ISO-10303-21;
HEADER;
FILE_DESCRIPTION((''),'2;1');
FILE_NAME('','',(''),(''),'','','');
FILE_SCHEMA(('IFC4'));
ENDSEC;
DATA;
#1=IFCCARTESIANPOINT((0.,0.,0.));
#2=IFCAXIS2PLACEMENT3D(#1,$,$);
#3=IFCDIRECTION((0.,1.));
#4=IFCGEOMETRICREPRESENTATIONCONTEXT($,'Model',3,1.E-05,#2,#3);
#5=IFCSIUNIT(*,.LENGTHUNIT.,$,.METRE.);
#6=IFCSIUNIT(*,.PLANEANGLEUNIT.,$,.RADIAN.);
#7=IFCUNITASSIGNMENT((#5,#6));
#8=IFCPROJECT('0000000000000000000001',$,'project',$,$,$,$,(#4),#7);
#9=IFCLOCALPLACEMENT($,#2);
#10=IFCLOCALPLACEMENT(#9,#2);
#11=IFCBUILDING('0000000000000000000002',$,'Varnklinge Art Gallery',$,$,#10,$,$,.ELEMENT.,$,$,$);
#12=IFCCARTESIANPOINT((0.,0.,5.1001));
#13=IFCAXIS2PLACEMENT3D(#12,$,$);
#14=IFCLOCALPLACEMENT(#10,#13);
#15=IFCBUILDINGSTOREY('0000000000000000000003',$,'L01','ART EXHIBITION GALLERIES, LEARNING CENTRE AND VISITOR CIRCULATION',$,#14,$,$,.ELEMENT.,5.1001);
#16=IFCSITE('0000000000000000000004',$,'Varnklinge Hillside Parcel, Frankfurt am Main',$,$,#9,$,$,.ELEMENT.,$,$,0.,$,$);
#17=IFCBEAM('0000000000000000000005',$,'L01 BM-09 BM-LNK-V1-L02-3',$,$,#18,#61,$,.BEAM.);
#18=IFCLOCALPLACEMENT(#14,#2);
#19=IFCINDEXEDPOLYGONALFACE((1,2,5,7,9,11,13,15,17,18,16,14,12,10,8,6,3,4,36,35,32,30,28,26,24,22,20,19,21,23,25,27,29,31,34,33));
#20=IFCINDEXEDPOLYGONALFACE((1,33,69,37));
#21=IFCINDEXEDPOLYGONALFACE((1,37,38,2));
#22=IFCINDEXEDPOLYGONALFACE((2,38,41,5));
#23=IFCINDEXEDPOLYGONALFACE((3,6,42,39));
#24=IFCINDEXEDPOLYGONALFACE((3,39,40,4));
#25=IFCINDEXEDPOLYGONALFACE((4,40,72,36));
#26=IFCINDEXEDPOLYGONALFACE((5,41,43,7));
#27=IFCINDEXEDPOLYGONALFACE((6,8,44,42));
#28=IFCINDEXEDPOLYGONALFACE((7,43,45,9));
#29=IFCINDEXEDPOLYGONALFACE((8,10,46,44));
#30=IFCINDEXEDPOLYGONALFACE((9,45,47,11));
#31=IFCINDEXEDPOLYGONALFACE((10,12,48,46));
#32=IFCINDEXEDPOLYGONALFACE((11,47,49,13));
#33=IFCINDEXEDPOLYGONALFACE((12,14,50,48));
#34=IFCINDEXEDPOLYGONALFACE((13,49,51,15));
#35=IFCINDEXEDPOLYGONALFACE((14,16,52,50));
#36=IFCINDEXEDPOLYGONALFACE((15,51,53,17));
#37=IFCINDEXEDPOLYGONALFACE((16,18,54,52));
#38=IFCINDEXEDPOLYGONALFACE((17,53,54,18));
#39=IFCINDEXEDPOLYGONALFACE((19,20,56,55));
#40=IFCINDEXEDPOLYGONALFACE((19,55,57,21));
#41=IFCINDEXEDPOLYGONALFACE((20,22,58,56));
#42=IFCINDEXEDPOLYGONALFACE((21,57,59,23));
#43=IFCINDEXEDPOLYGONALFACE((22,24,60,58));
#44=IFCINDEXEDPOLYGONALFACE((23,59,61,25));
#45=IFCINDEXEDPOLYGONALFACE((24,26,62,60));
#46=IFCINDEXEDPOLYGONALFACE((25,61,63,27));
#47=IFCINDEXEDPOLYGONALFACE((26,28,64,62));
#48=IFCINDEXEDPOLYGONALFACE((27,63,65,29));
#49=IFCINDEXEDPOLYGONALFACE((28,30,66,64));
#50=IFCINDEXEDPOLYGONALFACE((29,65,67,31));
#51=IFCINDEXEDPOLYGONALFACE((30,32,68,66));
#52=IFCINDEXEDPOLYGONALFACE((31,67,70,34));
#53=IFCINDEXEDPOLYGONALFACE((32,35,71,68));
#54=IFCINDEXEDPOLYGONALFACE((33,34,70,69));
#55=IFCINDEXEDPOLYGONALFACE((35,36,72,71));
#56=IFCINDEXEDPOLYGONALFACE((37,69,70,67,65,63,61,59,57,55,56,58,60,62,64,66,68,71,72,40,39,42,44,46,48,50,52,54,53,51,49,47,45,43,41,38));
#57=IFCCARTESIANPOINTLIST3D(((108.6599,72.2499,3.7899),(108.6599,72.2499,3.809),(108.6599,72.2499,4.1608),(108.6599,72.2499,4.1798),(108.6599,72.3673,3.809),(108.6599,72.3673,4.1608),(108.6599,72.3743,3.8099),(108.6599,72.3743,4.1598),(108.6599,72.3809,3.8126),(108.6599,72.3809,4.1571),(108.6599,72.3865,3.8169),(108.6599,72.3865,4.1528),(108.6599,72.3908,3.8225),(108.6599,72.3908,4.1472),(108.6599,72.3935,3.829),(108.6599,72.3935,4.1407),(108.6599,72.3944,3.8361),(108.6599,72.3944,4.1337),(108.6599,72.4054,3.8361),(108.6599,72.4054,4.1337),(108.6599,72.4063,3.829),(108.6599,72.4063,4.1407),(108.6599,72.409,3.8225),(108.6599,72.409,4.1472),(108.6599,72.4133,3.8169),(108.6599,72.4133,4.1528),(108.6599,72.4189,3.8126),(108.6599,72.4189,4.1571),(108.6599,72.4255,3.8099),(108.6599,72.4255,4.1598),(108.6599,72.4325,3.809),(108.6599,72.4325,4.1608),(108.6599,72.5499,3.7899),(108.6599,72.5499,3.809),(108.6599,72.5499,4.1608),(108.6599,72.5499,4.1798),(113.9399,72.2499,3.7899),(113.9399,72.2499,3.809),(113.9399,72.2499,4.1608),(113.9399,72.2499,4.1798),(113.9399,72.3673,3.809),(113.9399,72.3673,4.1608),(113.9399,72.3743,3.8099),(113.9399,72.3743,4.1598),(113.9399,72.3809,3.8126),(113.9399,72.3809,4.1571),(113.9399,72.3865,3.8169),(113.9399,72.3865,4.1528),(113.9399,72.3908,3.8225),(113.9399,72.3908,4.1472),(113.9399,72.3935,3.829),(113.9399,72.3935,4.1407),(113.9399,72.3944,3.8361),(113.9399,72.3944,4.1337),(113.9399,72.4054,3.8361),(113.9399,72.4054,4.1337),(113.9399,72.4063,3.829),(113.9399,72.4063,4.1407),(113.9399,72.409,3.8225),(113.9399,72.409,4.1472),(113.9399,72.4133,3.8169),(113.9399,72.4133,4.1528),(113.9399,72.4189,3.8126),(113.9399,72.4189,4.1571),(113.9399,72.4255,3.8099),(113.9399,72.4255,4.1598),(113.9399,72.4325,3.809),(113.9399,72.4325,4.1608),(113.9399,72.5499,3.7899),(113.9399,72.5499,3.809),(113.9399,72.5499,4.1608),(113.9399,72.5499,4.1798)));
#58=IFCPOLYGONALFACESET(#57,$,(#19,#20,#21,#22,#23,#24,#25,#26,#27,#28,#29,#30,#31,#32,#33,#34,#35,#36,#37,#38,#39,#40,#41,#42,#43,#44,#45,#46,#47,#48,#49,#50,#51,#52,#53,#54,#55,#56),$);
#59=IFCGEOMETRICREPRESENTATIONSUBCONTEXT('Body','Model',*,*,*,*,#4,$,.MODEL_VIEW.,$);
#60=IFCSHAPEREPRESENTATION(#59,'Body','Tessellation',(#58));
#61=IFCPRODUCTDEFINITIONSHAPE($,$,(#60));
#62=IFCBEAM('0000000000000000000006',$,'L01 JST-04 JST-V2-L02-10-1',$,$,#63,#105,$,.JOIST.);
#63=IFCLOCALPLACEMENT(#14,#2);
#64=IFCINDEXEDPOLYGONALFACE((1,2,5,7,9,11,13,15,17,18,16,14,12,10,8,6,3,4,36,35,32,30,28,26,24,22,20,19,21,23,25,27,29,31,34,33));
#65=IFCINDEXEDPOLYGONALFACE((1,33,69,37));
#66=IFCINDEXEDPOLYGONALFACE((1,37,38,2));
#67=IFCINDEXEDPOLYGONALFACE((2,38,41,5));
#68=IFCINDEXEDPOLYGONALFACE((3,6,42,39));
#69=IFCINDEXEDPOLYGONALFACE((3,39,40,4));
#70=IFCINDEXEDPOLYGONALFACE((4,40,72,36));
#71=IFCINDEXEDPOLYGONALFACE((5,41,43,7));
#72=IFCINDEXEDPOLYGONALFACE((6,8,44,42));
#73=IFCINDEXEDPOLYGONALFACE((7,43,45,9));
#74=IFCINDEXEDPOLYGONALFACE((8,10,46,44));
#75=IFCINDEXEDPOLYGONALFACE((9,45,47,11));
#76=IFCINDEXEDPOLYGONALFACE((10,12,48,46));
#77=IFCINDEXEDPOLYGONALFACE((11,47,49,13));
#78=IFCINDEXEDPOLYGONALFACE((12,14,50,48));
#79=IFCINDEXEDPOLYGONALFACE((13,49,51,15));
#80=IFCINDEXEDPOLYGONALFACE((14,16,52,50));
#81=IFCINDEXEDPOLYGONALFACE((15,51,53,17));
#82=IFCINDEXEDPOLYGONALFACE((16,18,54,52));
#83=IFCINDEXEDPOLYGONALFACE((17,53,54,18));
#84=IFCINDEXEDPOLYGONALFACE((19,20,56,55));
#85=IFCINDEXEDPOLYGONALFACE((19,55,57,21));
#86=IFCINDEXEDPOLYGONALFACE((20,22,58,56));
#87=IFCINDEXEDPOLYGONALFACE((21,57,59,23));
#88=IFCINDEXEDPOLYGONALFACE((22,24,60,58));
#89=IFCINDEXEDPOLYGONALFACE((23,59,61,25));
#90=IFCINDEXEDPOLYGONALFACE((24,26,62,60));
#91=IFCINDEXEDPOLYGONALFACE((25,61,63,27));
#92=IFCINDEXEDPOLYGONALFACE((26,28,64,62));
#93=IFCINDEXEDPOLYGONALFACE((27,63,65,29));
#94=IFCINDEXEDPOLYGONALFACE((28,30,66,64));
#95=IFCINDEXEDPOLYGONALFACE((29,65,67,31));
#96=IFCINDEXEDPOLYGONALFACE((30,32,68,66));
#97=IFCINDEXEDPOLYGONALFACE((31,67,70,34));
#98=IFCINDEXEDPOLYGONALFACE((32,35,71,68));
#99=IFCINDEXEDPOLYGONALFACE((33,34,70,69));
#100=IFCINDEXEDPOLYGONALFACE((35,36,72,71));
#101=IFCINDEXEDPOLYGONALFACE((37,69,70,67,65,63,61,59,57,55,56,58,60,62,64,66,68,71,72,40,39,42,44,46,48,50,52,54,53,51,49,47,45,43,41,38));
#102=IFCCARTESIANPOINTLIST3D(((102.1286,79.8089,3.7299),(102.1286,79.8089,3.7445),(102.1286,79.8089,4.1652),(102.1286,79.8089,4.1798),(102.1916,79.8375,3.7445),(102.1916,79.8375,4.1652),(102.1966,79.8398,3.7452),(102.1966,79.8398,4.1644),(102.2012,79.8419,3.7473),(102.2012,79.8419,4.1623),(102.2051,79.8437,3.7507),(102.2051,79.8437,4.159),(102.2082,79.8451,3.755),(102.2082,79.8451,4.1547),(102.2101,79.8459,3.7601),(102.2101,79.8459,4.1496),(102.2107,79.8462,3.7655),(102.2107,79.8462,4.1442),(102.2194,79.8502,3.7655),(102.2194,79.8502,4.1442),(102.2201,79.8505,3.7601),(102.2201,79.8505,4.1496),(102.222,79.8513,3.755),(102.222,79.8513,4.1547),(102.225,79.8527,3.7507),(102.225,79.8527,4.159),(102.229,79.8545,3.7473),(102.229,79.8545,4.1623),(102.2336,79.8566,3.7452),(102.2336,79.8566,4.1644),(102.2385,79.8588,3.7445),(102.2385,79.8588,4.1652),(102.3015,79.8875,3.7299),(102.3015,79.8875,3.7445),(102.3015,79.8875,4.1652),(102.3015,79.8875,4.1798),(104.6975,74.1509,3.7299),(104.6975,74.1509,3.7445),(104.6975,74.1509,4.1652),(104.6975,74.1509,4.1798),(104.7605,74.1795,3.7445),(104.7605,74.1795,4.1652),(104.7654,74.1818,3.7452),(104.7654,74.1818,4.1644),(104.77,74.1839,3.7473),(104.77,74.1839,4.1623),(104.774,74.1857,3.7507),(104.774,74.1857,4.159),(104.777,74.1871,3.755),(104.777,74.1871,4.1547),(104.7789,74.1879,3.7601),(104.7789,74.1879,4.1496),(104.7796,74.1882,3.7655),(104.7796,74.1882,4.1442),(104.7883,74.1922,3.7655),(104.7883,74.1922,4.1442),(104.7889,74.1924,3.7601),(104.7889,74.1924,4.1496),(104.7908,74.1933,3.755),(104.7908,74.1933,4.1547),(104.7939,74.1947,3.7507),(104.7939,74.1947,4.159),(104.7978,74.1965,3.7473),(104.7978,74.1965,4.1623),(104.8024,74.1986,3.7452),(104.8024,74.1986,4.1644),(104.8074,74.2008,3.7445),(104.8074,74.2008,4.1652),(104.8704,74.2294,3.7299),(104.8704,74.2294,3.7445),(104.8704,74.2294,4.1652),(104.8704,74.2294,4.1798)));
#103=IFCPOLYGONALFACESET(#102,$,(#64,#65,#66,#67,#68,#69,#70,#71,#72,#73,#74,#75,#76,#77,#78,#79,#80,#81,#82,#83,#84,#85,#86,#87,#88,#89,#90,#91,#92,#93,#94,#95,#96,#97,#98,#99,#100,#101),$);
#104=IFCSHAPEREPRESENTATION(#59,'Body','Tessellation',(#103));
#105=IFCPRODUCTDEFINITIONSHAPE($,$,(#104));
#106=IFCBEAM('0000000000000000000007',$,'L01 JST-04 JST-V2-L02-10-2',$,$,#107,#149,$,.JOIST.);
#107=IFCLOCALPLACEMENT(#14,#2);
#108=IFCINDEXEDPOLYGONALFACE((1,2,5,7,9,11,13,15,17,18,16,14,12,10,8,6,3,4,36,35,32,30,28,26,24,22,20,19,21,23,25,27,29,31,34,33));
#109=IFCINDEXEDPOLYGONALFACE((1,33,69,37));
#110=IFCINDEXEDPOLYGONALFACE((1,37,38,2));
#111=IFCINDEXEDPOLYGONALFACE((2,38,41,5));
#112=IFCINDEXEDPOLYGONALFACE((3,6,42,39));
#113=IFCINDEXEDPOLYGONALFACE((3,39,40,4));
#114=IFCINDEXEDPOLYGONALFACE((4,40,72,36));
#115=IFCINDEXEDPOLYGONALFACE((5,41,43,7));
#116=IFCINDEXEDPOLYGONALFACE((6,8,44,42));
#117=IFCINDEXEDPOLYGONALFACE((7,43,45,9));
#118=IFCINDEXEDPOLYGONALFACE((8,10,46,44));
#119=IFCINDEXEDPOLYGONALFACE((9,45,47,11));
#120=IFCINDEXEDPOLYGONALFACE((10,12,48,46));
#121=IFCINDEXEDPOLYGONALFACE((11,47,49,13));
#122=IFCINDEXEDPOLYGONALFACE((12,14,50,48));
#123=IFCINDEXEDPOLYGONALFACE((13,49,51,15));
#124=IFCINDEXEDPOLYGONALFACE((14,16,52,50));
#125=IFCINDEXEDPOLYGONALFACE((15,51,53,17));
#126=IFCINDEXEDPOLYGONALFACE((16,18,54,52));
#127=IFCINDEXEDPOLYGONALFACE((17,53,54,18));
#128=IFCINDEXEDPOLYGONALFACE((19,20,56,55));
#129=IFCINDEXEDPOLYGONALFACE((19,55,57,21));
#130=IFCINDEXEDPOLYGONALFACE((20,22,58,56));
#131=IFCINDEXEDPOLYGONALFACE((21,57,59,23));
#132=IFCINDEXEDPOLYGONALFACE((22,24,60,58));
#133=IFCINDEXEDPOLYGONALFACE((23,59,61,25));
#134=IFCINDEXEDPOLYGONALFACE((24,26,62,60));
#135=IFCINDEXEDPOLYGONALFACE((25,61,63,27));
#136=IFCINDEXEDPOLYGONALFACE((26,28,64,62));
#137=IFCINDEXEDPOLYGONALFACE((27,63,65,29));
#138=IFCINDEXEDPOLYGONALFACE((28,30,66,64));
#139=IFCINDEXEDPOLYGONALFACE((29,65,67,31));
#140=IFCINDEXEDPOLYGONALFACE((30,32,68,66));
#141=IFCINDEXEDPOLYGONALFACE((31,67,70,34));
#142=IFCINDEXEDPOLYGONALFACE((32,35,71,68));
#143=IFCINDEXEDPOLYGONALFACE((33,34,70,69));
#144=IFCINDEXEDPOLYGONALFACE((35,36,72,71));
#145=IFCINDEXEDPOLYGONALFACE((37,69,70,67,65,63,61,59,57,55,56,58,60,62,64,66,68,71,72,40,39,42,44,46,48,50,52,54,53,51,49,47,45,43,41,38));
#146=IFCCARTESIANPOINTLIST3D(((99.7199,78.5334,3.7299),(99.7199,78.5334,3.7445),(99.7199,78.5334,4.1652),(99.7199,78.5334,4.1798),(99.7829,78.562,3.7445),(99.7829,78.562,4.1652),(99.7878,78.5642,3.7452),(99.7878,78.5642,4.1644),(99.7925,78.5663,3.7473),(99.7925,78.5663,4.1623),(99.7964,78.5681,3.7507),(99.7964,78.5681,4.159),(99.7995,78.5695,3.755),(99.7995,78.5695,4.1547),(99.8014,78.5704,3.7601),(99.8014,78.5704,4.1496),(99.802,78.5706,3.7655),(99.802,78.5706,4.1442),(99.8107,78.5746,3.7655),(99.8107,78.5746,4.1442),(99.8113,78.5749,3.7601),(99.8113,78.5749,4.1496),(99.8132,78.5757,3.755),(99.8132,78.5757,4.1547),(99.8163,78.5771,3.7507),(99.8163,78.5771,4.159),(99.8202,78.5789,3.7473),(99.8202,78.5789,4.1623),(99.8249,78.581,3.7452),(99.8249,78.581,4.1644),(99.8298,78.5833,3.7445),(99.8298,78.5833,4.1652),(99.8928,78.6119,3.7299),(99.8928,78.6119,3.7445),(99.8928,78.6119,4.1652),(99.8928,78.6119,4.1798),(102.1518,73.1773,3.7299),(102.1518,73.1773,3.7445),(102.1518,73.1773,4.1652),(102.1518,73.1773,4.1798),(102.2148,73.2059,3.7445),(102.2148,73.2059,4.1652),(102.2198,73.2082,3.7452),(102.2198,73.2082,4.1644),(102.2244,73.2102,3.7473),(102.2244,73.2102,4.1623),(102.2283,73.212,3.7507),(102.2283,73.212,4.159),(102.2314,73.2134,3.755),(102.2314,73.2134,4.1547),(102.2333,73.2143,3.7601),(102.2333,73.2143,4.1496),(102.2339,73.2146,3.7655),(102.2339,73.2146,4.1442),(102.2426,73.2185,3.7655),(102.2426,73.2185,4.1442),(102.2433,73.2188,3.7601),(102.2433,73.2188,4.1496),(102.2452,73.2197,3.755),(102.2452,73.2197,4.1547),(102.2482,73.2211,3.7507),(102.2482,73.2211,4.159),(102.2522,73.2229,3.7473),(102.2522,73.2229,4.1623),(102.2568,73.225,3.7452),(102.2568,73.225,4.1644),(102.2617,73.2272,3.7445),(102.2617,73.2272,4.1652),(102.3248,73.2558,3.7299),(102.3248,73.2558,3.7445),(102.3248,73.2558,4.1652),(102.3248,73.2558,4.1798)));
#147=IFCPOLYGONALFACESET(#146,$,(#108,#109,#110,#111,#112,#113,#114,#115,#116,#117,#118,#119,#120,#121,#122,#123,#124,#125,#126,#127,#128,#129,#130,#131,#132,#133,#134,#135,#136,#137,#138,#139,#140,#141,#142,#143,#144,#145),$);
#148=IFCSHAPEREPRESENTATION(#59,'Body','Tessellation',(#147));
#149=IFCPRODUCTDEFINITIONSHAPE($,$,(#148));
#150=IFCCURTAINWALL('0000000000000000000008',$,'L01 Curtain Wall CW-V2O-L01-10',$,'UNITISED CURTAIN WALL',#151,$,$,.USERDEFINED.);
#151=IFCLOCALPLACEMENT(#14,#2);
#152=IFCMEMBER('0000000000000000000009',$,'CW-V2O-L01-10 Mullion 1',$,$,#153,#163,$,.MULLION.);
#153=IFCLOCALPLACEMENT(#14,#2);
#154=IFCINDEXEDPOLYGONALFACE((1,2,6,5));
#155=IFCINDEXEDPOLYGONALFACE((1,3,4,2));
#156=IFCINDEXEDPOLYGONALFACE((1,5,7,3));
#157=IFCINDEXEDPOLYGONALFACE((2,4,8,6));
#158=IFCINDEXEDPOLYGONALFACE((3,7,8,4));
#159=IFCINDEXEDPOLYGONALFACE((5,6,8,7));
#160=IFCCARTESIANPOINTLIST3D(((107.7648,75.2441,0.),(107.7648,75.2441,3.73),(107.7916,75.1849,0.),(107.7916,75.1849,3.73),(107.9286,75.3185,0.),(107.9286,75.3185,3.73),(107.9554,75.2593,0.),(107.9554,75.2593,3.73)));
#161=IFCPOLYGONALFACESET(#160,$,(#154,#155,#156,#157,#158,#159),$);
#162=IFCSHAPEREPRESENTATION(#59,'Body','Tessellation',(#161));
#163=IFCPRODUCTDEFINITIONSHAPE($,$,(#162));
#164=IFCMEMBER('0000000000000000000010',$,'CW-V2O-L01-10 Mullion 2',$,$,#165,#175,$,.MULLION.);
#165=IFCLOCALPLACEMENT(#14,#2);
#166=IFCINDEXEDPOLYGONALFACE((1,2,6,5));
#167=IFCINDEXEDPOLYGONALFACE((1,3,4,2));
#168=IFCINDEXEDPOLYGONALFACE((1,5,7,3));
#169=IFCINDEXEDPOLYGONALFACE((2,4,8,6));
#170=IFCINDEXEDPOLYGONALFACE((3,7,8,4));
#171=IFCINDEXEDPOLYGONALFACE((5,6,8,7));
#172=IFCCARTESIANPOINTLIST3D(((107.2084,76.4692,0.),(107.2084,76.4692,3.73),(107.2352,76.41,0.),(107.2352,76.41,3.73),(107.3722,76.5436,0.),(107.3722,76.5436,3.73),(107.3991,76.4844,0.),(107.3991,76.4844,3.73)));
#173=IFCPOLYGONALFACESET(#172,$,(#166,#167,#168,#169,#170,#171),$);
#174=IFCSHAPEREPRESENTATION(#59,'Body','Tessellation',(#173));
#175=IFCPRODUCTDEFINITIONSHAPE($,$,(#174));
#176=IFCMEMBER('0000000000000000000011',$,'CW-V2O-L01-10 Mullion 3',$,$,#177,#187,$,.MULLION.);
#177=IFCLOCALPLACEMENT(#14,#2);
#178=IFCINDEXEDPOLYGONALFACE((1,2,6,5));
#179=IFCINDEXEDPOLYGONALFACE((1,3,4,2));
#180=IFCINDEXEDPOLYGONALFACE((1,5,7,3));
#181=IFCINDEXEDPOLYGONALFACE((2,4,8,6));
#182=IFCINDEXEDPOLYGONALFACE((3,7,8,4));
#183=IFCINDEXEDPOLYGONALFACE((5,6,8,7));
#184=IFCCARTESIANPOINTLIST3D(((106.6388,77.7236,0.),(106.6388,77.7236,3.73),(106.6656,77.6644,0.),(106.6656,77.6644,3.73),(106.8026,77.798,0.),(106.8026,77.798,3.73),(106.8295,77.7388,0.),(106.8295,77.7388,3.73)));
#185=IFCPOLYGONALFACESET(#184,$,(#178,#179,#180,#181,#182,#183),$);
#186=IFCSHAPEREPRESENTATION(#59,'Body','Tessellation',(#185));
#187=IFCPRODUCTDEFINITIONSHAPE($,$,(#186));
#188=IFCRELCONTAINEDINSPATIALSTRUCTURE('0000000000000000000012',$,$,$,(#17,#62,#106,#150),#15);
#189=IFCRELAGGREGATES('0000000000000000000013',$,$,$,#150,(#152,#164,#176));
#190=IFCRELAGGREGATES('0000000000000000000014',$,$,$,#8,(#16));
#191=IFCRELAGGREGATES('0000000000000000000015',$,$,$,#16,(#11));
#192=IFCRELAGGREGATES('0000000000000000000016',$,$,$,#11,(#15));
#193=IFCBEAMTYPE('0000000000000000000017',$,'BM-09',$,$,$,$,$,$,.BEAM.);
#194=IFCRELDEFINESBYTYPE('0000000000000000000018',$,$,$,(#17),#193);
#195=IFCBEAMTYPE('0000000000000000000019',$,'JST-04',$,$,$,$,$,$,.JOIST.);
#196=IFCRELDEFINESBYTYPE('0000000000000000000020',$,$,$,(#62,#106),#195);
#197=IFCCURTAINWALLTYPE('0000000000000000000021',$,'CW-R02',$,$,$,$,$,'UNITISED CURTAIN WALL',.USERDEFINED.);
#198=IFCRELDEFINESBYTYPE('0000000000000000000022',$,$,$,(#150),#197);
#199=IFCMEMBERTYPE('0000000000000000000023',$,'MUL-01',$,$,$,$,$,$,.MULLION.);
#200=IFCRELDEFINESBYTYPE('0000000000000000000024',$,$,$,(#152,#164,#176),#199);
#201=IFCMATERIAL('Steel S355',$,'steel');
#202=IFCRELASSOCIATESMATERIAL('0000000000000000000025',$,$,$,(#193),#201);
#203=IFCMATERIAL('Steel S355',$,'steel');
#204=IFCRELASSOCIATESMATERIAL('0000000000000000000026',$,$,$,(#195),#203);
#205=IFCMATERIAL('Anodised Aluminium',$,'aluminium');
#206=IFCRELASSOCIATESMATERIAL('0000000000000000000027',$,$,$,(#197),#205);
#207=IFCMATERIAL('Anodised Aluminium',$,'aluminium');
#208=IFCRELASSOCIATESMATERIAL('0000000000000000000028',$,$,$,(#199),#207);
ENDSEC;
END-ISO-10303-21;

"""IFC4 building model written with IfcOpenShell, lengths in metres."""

from ifc_helpers import new_model, si_unit, direction, frame, origin, origin_2d, place, context, subcontext, project, spatial, rectangle, i_section, extrude, material, material_profile, profile_set, type_object, element, aggregate, save


model = new_model("IFC4")

# Units and contexts
model_context = context("Model", 3, precision=1e-05, world=origin(), true_north=direction((0.0, 1.0)))
body_context = subcontext(model_context, "Body", "Model", "MODEL_VIEW")
ifc_project = project(units=[si_unit("LENGTHUNIT", "METRE"), si_unit("PLANEANGLEUNIT", "RADIAN")], contexts=[model_context])

# Site, building, storey
site_placement = place(None, origin())
site = spatial("IfcSite", under=ifc_project, at=site_placement, Name="Varnklinge Hillside Parcel, Frankfurt am Main", CompositionType="ELEMENT", RefElevation=0.0)
building_placement = place(site_placement, origin())
building = spatial("IfcBuilding", under=site, at=building_placement, Name="Varnklinge Art Gallery", CompositionType="ELEMENT")
storey_placement = place(building_placement, frame((0.0, 0.0, 5.1001)))
storey = spatial("IfcBuildingStorey", under=building, at=storey_placement, Name="L01", Description="ART EXHIBITION GALLERIES, LEARNING CENTRE AND VISITOR CIRCULATION", CompositionType="ELEMENT", Elevation=5.1001)

# Beams
ifc_material_1 = material(Name="Steel S355", Category="steel")
ifc_material_profile_1 = material_profile(ifc_material_1, i_section(OverallWidth=0.3, OverallDepth=0.3899, WebThickness=0.011, FlangeThickness=0.019, FilletRadius=0.0271, at=origin_2d()), Name="HEA 400")
ifc_profile_set_1 = profile_set([ifc_material_profile_1], Name="Steel S355")
beam_type_1 = type_object("IfcBeamType", Name="BM-09", PredefinedType="BEAM", material=ifc_profile_set_1)
beam_1_placement = place(storey_placement, frame((113.9399, 72.3999, 3.9849), z_axis=(-1.0, 0.0, 0.0), x_axis=(0.0, -1.0, 0.0)))
element("IfcBeam", 1, at=beam_1_placement, inside=storey, type_object=beam_type_1, Name="L01 BM-09 BM-LNK-V1-L02-3", PredefinedType="BEAM", context=body_context, shape_type="SweptSolid", body=[
    extrude(i_section(OverallWidth=0.3, OverallDepth=0.3899, WebThickness=0.011, FlangeThickness=0.019, FilletRadius=0.0271, at=origin_2d()), origin(), (0.0, 0.0, 1.0), 5.28),
])
ifc_material_2 = material(Name="Steel S355", Category="steel")
ifc_material_profile_2 = material_profile(ifc_material_2, i_section(OverallWidth=0.1899, OverallDepth=0.45, WebThickness=0.0095, FlangeThickness=0.0146, FilletRadius=0.021, at=origin_2d()), Name="IPE 450")
ifc_profile_set_2 = profile_set([ifc_material_profile_2], Name="Steel S355")
beam_type_2 = type_object("IfcBeamType", Name="JST-04", PredefinedType="JOIST", material=ifc_profile_set_2)
beam_2_placement = place(storey_placement, frame((104.7839, 74.1902, 3.9548), z_axis=(-0.413409, 0.910545, 0.0), x_axis=(-0.910545, -0.413409, 0.0)))
element("IfcBeam", 2, at=beam_2_placement, inside=storey, type_object=beam_type_2, Name="L01 JST-04 JST-V2-L02-10-1", PredefinedType="JOIST", context=body_context, shape_type="SweptSolid", body=[
    extrude(i_section(OverallWidth=0.1899, OverallDepth=0.45, WebThickness=0.0095, FlangeThickness=0.0146, FilletRadius=0.021, at=origin_2d()), origin(), (0.0, 0.0, 1.0), 6.2139),
])
beam_3_placement = place(storey_placement, frame((102.2383, 73.2166, 3.9548), z_axis=(-0.413431, 0.910536, 0.0), x_axis=(-0.910536, -0.413431, 0.0)))
element("IfcBeam", 3, at=beam_3_placement, inside=storey, type_object=beam_type_2, Name="L01 JST-04 JST-V2-L02-10-2", PredefinedType="JOIST", context=body_context, shape_type="SweptSolid", body=[
    extrude(i_section(OverallWidth=0.1899, OverallDepth=0.45, WebThickness=0.0095, FlangeThickness=0.0146, FilletRadius=0.021, at=origin_2d()), origin(), (0.0, 0.0, 1.0), 5.8823),
])

# Curtain wall, members
ifc_material_3 = material(Name="Anodised Aluminium", Category="aluminium")
curtain_wall_type = type_object("IfcCurtainWallType", Name="CW-R02", ElementType="UNITISED CURTAIN WALL", PredefinedType="USERDEFINED", material=ifc_material_3)
curtain_wall_placement = place(storey_placement, origin())
curtain_wall = element("IfcCurtainWall", 4, at=curtain_wall_placement, inside=storey, type_object=curtain_wall_type, Name="L01 Curtain Wall CW-V2O-L01-10", ObjectType="UNITISED CURTAIN WALL", PredefinedType="USERDEFINED")
ifc_material_4 = material(Name="Anodised Aluminium", Category="aluminium")
ifc_material_profile_3 = material_profile(ifc_material_4, rectangle(XDim=0.0649, YDim=0.1799, at=origin_2d()), Name="ALU 65x180")
ifc_profile_set_3 = profile_set([ifc_material_profile_3], Name="Anodised Aluminium")
member_type_1 = type_object("IfcMemberType", Name="MUL-01", PredefinedType="MULLION", material=ifc_profile_set_3)
member_1_placement = place(storey_placement, frame((107.8601, 75.2517, 0.0), z_axis=(0.0, 0.0, 1.0), x_axis=(-0.413422, 0.910539, 0.0)))
member_1 = element("IfcMember", 5, at=member_1_placement, type_object=member_type_1, Name="CW-V2O-L01-10 Mullion 1", PredefinedType="MULLION", context=body_context, shape_type="SweptSolid", body=[
    extrude(rectangle(XDim=0.0649, YDim=0.1799, at=origin_2d()), origin(), (0.0, 0.0, 1.0), 3.73),
])
member_2_placement = place(storey_placement, frame((107.3037, 76.4768, 0.0), z_axis=(0.0, 0.0, 1.0), x_axis=(-0.413422, 0.910539, 0.0)))
member_2 = element("IfcMember", 6, at=member_2_placement, type_object=member_type_1, Name="CW-V2O-L01-10 Mullion 2", PredefinedType="MULLION", context=body_context, shape_type="SweptSolid", body=[
    extrude(rectangle(XDim=0.0649, YDim=0.1799, at=origin_2d()), origin(), (0.0, 0.0, 1.0), 3.73),
])
member_3_placement = place(storey_placement, frame((106.7341, 77.7312, 0.0), z_axis=(0.0, 0.0, 1.0), x_axis=(-0.413422, 0.910539, 0.0)))
member_3 = element("IfcMember", 7, at=member_3_placement, type_object=member_type_1, Name="CW-V2O-L01-10 Mullion 3", PredefinedType="MULLION", context=body_context, shape_type="SweptSolid", body=[
    extrude(rectangle(XDim=0.0649, YDim=0.1799, at=origin_2d()), origin(), (0.0, 0.0, 1.0), 3.73),
])

aggregate(curtain_wall, [member_1, member_2, member_3])

save(model, "model.ifc")
